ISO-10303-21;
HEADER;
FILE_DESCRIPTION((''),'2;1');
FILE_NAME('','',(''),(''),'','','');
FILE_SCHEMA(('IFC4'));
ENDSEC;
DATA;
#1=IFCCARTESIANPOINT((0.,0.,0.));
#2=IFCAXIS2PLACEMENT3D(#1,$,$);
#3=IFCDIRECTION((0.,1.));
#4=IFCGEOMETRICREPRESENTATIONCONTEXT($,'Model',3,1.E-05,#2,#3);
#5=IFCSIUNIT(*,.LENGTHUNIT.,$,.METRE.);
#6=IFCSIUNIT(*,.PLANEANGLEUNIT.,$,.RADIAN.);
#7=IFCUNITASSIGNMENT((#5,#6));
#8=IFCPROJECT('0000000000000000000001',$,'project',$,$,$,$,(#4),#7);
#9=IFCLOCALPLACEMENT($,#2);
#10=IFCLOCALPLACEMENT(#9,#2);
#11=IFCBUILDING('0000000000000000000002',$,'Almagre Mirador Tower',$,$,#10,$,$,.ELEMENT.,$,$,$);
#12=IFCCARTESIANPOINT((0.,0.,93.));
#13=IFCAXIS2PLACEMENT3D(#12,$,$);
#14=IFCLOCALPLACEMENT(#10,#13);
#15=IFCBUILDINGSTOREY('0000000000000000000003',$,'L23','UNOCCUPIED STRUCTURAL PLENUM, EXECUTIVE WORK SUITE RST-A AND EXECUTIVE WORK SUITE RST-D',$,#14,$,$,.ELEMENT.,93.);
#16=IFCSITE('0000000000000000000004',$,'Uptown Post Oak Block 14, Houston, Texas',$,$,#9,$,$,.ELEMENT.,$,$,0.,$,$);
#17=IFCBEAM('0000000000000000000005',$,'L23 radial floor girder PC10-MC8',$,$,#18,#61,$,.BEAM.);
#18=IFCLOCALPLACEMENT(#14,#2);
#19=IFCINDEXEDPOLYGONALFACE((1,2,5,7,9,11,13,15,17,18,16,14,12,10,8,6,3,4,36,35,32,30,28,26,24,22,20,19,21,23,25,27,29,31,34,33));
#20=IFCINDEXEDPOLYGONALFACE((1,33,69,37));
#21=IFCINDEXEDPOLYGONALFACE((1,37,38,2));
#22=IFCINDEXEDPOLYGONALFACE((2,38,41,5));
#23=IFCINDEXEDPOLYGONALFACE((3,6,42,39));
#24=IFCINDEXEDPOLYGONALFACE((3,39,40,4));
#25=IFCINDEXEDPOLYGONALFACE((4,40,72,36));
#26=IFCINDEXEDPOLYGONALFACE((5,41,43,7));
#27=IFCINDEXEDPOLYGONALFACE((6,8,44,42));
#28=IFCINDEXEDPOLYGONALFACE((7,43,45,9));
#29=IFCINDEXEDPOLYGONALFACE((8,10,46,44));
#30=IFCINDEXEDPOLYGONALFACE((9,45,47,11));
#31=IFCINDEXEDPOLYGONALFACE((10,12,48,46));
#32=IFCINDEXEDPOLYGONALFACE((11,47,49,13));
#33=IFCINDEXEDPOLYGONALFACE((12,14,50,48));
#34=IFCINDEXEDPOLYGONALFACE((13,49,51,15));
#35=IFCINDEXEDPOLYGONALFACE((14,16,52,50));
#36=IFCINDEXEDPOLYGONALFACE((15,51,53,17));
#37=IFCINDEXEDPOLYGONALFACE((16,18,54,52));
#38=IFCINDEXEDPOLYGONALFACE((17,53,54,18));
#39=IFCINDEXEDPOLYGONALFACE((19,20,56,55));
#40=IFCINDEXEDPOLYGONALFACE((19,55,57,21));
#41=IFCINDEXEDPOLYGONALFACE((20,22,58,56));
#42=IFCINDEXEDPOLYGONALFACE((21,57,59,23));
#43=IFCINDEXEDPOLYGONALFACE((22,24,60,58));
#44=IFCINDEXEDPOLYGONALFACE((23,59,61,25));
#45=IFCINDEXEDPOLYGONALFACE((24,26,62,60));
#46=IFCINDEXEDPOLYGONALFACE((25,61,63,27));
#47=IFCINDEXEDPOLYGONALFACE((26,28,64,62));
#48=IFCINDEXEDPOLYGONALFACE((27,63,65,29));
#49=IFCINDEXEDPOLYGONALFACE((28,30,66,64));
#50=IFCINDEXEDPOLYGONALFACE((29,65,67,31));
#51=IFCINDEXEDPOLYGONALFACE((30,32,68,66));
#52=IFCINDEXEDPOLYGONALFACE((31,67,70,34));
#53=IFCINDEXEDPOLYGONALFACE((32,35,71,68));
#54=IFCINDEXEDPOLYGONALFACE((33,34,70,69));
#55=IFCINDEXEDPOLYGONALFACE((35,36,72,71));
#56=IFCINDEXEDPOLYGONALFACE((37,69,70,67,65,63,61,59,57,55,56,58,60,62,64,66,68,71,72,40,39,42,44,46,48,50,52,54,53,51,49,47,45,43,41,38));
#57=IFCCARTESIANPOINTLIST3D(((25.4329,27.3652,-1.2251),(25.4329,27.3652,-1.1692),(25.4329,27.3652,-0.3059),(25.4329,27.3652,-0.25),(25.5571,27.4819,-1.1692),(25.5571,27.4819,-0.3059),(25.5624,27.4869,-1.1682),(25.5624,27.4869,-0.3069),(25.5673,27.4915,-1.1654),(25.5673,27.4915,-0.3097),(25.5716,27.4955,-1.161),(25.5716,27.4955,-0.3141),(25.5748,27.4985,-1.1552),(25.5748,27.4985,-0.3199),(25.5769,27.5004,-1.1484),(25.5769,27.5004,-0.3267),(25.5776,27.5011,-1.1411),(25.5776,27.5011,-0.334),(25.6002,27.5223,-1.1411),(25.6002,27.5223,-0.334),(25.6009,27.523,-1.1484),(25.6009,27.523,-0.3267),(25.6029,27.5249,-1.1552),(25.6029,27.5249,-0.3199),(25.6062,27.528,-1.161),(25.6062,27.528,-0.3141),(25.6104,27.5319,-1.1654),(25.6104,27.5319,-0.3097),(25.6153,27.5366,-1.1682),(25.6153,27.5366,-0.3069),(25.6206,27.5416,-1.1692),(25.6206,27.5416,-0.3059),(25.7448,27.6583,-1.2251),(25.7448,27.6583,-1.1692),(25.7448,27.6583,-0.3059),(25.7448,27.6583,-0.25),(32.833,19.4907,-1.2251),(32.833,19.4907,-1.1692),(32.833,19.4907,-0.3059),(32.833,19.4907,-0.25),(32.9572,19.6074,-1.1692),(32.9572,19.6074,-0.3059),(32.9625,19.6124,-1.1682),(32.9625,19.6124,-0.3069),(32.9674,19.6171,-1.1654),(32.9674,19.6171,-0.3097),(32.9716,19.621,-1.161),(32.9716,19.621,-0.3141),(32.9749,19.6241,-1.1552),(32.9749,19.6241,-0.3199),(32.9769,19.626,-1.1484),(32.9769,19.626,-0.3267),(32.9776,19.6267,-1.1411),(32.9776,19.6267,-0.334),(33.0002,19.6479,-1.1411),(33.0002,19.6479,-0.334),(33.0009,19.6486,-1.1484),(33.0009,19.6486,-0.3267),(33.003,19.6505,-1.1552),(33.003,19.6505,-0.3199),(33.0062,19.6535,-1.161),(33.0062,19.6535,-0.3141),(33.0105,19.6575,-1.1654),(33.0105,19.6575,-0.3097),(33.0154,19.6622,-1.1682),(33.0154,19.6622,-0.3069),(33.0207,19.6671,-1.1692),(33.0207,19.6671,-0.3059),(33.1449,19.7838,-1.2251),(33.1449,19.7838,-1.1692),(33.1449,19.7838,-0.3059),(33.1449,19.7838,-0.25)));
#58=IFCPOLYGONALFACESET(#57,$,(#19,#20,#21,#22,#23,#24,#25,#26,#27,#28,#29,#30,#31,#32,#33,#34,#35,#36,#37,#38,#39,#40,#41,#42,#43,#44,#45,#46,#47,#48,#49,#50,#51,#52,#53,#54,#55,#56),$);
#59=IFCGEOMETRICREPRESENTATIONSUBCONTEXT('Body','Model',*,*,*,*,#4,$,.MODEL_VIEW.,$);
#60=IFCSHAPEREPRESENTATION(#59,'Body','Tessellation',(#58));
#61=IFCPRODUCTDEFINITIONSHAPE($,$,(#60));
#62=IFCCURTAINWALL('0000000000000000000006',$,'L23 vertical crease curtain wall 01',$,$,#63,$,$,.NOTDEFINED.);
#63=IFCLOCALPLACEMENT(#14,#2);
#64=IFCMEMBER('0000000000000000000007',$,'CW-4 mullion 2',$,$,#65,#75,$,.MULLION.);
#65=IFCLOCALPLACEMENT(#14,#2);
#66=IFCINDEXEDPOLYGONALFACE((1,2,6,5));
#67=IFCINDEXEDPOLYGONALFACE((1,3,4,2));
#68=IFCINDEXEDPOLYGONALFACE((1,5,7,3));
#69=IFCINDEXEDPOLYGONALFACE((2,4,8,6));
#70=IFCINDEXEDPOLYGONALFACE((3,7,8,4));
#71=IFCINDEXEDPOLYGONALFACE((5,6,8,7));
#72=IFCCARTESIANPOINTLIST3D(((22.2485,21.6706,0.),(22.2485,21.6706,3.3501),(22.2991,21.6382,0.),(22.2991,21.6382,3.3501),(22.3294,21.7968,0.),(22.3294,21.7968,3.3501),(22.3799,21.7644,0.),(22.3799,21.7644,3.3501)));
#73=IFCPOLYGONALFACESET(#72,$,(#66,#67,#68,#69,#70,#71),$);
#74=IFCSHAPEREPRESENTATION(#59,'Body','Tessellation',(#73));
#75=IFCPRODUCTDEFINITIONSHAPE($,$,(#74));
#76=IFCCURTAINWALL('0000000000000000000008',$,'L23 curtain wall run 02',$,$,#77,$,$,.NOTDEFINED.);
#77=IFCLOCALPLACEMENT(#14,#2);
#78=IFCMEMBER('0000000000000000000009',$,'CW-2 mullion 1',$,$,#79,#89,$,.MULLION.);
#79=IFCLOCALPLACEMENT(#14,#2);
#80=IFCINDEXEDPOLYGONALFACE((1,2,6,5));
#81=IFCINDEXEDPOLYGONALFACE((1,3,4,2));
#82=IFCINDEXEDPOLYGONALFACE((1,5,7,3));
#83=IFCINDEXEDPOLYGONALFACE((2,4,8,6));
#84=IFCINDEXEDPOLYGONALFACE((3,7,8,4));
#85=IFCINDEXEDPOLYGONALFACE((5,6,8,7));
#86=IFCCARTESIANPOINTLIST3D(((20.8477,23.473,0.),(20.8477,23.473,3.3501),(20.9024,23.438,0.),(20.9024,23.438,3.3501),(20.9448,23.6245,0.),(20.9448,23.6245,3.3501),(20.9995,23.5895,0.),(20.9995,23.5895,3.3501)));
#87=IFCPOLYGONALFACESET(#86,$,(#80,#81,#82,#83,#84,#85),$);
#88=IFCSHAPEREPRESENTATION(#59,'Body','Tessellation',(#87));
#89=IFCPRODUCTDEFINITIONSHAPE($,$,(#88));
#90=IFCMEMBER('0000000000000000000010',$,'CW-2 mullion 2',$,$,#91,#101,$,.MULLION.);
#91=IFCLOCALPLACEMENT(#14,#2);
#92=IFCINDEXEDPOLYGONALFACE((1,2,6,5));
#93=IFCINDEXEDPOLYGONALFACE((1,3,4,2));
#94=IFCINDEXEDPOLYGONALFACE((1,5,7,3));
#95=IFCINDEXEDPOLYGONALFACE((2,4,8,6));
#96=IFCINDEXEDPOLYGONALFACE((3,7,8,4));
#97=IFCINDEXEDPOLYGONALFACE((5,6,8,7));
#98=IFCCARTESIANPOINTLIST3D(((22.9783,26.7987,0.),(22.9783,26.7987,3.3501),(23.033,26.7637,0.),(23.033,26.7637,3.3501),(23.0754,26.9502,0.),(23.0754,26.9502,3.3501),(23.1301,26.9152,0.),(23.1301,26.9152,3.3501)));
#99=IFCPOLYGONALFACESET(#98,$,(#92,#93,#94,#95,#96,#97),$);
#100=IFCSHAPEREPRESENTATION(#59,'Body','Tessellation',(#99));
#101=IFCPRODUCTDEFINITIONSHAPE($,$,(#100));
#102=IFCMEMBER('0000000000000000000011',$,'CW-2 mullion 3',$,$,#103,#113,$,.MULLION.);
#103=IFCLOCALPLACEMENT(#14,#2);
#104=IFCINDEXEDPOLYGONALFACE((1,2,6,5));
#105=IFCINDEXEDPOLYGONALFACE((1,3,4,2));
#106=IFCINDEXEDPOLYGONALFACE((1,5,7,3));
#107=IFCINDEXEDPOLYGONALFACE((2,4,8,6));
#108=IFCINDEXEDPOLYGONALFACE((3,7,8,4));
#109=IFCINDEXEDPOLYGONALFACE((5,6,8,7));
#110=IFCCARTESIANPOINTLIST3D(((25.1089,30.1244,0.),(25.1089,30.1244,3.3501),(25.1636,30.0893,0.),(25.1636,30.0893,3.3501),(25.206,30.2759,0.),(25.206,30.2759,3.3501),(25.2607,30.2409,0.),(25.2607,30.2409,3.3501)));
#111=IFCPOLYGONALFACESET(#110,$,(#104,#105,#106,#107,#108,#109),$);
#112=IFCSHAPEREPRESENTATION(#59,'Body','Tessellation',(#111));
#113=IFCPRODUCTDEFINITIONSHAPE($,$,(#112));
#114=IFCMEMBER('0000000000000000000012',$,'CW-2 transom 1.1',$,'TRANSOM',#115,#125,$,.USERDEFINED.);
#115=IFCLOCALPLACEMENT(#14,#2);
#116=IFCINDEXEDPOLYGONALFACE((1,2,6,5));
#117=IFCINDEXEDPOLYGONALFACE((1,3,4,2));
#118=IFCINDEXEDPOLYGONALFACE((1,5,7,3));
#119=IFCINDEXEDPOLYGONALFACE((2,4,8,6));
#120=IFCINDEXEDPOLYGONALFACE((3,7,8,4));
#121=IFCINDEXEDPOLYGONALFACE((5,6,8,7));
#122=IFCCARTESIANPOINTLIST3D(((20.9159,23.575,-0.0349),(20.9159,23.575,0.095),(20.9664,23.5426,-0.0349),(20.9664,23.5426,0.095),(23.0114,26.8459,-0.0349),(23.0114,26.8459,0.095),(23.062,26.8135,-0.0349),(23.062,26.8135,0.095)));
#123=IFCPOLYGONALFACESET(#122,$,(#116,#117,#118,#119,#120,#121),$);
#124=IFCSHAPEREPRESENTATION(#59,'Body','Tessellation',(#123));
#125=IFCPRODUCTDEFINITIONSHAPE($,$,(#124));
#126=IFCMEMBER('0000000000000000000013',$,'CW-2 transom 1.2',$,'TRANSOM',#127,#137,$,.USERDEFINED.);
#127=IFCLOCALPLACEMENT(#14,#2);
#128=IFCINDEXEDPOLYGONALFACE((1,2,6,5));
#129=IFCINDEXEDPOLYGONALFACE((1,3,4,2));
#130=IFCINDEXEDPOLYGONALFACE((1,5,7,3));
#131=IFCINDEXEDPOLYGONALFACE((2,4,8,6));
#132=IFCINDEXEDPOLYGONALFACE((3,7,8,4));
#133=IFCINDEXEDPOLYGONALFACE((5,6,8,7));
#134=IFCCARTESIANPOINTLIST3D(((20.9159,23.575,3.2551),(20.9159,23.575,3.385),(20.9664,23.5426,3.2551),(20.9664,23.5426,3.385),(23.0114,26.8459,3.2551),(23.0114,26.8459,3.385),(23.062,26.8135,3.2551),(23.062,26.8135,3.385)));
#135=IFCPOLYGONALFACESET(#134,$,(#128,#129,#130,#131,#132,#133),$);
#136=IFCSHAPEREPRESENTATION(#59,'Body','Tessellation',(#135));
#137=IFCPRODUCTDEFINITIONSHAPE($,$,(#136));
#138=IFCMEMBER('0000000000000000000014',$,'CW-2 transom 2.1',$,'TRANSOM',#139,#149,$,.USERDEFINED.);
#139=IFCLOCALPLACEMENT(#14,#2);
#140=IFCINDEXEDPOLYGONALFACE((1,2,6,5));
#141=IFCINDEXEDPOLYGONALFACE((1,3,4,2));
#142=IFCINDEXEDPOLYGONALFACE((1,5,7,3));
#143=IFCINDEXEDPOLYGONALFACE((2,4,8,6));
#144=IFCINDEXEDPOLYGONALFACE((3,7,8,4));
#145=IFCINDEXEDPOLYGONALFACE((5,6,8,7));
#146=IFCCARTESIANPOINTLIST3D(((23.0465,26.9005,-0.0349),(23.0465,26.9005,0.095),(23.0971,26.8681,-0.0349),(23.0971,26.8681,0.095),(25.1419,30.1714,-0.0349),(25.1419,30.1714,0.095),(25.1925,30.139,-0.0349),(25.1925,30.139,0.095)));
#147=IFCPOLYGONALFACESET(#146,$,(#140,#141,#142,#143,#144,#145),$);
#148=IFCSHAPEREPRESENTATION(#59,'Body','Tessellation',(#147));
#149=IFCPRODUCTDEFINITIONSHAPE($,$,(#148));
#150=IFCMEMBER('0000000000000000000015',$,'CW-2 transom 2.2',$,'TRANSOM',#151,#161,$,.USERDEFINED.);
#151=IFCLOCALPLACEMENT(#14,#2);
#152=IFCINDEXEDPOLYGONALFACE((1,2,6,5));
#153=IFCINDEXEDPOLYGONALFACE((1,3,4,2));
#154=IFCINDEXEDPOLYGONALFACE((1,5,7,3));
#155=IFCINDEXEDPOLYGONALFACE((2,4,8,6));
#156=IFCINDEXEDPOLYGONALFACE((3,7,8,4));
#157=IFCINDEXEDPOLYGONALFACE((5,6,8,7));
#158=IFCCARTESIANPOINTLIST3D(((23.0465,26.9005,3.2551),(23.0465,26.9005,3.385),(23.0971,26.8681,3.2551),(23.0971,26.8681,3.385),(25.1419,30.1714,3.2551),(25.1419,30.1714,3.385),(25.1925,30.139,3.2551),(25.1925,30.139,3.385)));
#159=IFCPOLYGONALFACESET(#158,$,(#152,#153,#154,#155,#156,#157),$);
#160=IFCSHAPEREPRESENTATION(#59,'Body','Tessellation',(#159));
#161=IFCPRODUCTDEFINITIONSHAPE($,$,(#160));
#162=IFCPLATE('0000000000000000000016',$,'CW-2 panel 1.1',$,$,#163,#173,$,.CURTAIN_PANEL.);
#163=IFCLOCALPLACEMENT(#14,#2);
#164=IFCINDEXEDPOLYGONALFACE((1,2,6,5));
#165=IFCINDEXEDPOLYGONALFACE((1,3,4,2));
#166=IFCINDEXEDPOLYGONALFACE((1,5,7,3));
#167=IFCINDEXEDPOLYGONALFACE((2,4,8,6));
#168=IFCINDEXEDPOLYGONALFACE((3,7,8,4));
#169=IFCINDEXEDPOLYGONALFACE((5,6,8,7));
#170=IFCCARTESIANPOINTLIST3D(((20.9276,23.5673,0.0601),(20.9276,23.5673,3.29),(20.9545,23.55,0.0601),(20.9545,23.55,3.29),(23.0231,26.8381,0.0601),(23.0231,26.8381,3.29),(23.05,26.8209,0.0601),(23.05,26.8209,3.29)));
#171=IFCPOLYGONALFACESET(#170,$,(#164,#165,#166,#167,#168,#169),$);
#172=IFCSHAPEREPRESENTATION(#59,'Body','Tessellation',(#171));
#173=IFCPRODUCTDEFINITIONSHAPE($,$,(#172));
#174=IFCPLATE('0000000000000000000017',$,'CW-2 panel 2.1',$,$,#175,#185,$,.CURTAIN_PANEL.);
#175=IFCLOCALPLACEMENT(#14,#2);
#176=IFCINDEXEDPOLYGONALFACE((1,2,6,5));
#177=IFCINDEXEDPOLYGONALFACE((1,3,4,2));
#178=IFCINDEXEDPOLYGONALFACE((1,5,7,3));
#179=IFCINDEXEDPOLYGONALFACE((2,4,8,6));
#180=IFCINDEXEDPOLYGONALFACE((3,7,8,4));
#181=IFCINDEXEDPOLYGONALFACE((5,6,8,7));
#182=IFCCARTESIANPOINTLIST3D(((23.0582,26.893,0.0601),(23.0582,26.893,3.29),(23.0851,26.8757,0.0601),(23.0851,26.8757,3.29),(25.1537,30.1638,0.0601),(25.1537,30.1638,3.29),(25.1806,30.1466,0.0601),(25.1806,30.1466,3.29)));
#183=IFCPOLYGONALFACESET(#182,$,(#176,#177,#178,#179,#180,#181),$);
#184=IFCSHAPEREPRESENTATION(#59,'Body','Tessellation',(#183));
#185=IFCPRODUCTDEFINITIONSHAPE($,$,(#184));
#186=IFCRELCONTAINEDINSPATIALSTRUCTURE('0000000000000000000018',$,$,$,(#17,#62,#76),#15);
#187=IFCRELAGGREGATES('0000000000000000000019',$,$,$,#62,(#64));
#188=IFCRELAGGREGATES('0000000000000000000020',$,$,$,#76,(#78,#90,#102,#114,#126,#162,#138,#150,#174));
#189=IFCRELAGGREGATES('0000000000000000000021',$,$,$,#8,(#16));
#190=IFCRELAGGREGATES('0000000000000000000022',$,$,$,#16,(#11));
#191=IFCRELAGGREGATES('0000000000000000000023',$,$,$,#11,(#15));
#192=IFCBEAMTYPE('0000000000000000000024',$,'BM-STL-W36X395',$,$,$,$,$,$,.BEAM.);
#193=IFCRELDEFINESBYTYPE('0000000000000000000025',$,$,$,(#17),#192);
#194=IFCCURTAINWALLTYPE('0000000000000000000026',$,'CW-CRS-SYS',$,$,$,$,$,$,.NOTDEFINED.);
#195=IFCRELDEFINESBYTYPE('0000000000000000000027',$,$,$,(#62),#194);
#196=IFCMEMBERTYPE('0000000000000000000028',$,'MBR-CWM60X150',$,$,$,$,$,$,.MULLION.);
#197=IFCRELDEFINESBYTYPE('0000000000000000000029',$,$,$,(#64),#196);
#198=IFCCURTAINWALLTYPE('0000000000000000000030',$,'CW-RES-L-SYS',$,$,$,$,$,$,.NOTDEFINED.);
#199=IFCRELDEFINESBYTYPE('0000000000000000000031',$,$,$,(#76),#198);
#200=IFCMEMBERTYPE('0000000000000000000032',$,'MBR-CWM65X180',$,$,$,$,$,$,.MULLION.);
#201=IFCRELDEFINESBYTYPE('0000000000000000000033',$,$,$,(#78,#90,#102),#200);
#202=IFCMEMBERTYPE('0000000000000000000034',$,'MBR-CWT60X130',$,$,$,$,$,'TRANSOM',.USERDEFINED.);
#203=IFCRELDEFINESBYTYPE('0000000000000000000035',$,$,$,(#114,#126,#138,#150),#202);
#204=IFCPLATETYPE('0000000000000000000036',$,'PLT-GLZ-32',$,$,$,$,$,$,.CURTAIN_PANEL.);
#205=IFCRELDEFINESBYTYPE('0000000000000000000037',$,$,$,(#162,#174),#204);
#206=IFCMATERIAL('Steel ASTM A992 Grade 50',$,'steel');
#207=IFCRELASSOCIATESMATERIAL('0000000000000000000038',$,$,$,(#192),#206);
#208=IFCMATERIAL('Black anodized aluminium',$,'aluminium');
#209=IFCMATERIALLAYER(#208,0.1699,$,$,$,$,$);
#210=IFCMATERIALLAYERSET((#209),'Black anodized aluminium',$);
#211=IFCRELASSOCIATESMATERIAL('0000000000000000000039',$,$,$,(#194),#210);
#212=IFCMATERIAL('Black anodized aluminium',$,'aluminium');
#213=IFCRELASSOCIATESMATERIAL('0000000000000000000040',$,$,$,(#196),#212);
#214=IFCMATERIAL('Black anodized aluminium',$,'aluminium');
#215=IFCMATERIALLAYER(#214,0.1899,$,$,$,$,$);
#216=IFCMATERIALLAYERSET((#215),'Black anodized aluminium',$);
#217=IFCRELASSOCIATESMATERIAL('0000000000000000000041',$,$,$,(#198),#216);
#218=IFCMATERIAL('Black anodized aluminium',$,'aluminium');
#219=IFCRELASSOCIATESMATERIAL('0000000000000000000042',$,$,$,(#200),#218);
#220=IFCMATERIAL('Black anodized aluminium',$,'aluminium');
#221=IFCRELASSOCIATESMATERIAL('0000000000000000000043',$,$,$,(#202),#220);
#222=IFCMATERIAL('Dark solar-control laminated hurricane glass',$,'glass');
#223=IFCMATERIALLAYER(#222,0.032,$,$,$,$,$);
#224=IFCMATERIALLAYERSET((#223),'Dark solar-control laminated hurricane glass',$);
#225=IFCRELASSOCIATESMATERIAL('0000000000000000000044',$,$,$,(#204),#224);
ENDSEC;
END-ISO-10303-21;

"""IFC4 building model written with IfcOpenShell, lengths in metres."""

from ifc_helpers import new_model, si_unit, direction, frame, origin, origin_2d, place, context, subcontext, project, spatial, rectangle, i_section, extrude, material, layer, layer_set, material_profile, profile_set, type_object, element, aggregate, save


model = new_model("IFC4")

# Units and contexts
model_context = context("Model", 3, precision=1e-05, world=origin(), true_north=direction((0.0, 1.0)))
body_context = subcontext(model_context, "Body", "Model", "MODEL_VIEW")
ifc_project = project(units=[si_unit("LENGTHUNIT", "METRE"), si_unit("PLANEANGLEUNIT", "RADIAN")], contexts=[model_context])

# Site, building, storey
site_placement = place(None, origin())
site = spatial("IfcSite", under=ifc_project, at=site_placement, Name="Uptown Post Oak Block 14, Houston, Texas", CompositionType="ELEMENT", RefElevation=0.0)
building_placement = place(site_placement, origin())
building = spatial("IfcBuilding", under=site, at=building_placement, Name="Almagre Mirador Tower", CompositionType="ELEMENT")
storey_placement = place(building_placement, frame((0.0, 0.0, 93.0)))
storey = spatial("IfcBuildingStorey", under=building, at=storey_placement, Name="L23", Description="UNOCCUPIED STRUCTURAL PLENUM, EXECUTIVE WORK SUITE RST-A AND EXECUTIVE WORK SUITE RST-D", CompositionType="ELEMENT", Elevation=93.0)

# Beam
ifc_material_1 = material(Name="Steel ASTM A992 Grade 50", Category="steel")
ifc_material_profile_1 = material_profile(ifc_material_1, i_section(OverallWidth=0.428, OverallDepth=0.9751, WebThickness=0.031, FlangeThickness=0.0559, FilletRadius=0.0281, at=origin_2d()), Name="W36X395")
ifc_profile_set_1 = profile_set([ifc_material_profile_1], Name="Steel ASTM A992 Grade 50")
beam_type_1 = type_object("IfcBeamType", Name="BM-STL-W36X395", PredefinedType="BEAM", material=ifc_profile_set_1)
beam_1_placement = place(storey_placement, frame((25.5889, 27.5117, -0.7375), z_axis=(0.684817, -0.728715, 0.0), x_axis=(0.728715, 0.684817, 0.0)))
element("IfcBeam", 1, at=beam_1_placement, inside=storey, type_object=beam_type_1, Name="L23 radial floor girder PC10-MC8", PredefinedType="BEAM", context=body_context, shape_type="SweptSolid", body=[
    extrude(i_section(OverallWidth=0.428, OverallDepth=0.9751, WebThickness=0.031, FlangeThickness=0.0559, FilletRadius=0.0281, at=origin_2d()), origin(), (0.0, 0.0, 1.0), 10.8059),
])

# Curtain wall, member
ifc_material_2 = material(Name="Black anodized aluminium", Category="aluminium")
ifc_layer_1 = layer(ifc_material_2, 0.1699)
ifc_layer_set_1 = layer_set([ifc_layer_1], Name="Black anodized aluminium")
curtain_wall_type_1 = type_object("IfcCurtainWallType", Name="CW-CRS-SYS", PredefinedType="NOTDEFINED", material=ifc_layer_set_1)
curtain_wall_1_placement = place(storey_placement, origin())
curtain_wall_1 = element("IfcCurtainWall", 2, at=curtain_wall_1_placement, inside=storey, type_object=curtain_wall_type_1, Name="L23 vertical crease curtain wall 01", PredefinedType="NOTDEFINED")
ifc_material_3 = material(Name="Black anodized aluminium", Category="aluminium")
ifc_material_profile_2 = material_profile(ifc_material_3, rectangle(XDim=0.0601, YDim=0.1499, at=origin_2d()), Name="CWM60X150")
ifc_profile_set_2 = profile_set([ifc_material_profile_2], Name="Black anodized aluminium")
member_type_1 = type_object("IfcMemberType", Name="MBR-CWM60X150", PredefinedType="MULLION", material=ifc_profile_set_2)
member_1_placement = place(storey_placement, frame((22.3142, 21.7175, 0.0), z_axis=(0.0, 0.0, 1.0), x_axis=(-0.841948, 0.539559, 0.0)))
member_1 = element("IfcMember", 3, at=member_1_placement, type_object=member_type_1, Name="CW-4 mullion 2", PredefinedType="MULLION", context=body_context, shape_type="SweptSolid", body=[
    extrude(rectangle(XDim=0.0601, YDim=0.1499, at=origin_2d()), origin(), (0.0, 0.0, 1.0), 3.3501),
])
aggregate(curtain_wall_1, [member_1])

# Curtain wall, members, plates
ifc_material_4 = material(Name="Black anodized aluminium", Category="aluminium")
ifc_layer_2 = layer(ifc_material_4, 0.1899)
ifc_layer_set_2 = layer_set([ifc_layer_2], Name="Black anodized aluminium")
curtain_wall_type_2 = type_object("IfcCurtainWallType", Name="CW-RES-L-SYS", PredefinedType="NOTDEFINED", material=ifc_layer_set_2)
curtain_wall_2_placement = place(storey_placement, origin())
curtain_wall_2 = element("IfcCurtainWall", 4, at=curtain_wall_2_placement, inside=storey, type_object=curtain_wall_type_2, Name="L23 curtain wall run 02", PredefinedType="NOTDEFINED")
ifc_material_5 = material(Name="Black anodized aluminium", Category="aluminium")
ifc_material_profile_3 = material_profile(ifc_material_5, rectangle(XDim=0.0649, YDim=0.1799, at=origin_2d()), Name="CWM65X180")
ifc_profile_set_3 = profile_set([ifc_material_profile_3], Name="Black anodized aluminium")
member_type_2 = type_object("IfcMemberType", Name="MBR-CWM65X180", PredefinedType="MULLION", material=ifc_profile_set_3)
member_2_placement = place(storey_placement, frame((20.9236, 23.5312, 0.0), z_axis=(0.0, 0.0, 1.0), x_axis=(-0.842017, 0.539451, 0.0)))
member_2 = element("IfcMember", 5, at=member_2_placement, type_object=member_type_2, Name="CW-2 mullion 1", PredefinedType="MULLION", context=body_context, shape_type="SweptSolid", body=[
    extrude(rectangle(XDim=0.0649, YDim=0.1799, at=origin_2d()), origin(), (0.0, 0.0, 1.0), 3.3501),
])
member_3_placement = place(storey_placement, frame((23.0542, 26.8569, 0.0), z_axis=(0.0, 0.0, 1.0), x_axis=(-0.842017, 0.539451, 0.0)))
member_3 = element("IfcMember", 6, at=member_3_placement, type_object=member_type_2, Name="CW-2 mullion 2", PredefinedType="MULLION", context=body_context, shape_type="SweptSolid", body=[
    extrude(rectangle(XDim=0.0649, YDim=0.1799, at=origin_2d()), origin(), (0.0, 0.0, 1.0), 3.3501),
])
member_4_placement = place(storey_placement, frame((25.1848, 30.1826, 0.0), z_axis=(0.0, 0.0, 1.0), x_axis=(-0.842017, 0.539451, 0.0)))
member_4 = element("IfcMember", 7, at=member_4_placement, type_object=member_type_2, Name="CW-2 mullion 3", PredefinedType="MULLION", context=body_context, shape_type="SweptSolid", body=[
    extrude(rectangle(XDim=0.0649, YDim=0.1799, at=origin_2d()), origin(), (0.0, 0.0, 1.0), 3.3501),
])
ifc_material_6 = material(Name="Black anodized aluminium", Category="aluminium")
ifc_material_profile_4 = material_profile(ifc_material_6, rectangle(XDim=0.0601, YDim=0.1299, at=origin_2d()), Name="CWT60X130")
ifc_profile_set_4 = profile_set([ifc_material_profile_4], Name="Black anodized aluminium")
member_type_3 = type_object("IfcMemberType", Name="MBR-CWT60X130", ElementType="TRANSOM", PredefinedType="USERDEFINED", material=ifc_profile_set_4)
member_5_placement = place(storey_placement, frame((20.9412, 23.5588, 0.03), z_axis=(0.539451, 0.842017, 0.0), x_axis=(-0.842017, 0.539451, 0.0)))
member_5 = element("IfcMember", 8, at=member_5_placement, type_object=member_type_3, Name="CW-2 transom 1.1", ObjectType="TRANSOM", PredefinedType="USERDEFINED", context=body_context, shape_type="SweptSolid", body=[
    extrude(rectangle(XDim=0.0601, YDim=0.1299, at=origin_2d()), origin(), (0.0, 0.0, 1.0), 3.8845),
])
member_6_placement = place(storey_placement, frame((20.9412, 23.5588, 3.3201), z_axis=(0.539451, 0.842017, 0.0), x_axis=(-0.842017, 0.539451, 0.0)))
member_6 = element("IfcMember", 9, at=member_6_placement, type_object=member_type_3, Name="CW-2 transom 1.2", ObjectType="TRANSOM", PredefinedType="USERDEFINED", context=body_context, shape_type="SweptSolid", body=[
    extrude(rectangle(XDim=0.0601, YDim=0.1299, at=origin_2d()), origin(), (0.0, 0.0, 1.0), 3.8845),
])
member_7_placement = place(storey_placement, frame((23.0718, 26.8843, 0.03), z_axis=(0.539423, 0.842035, 0.0), x_axis=(-0.842035, 0.539423, 0.0)))
member_7 = element("IfcMember", 10, at=member_7_placement, type_object=member_type_3, Name="CW-2 transom 2.1", ObjectType="TRANSOM", PredefinedType="USERDEFINED", context=body_context, shape_type="SweptSolid", body=[
    extrude(rectangle(XDim=0.0601, YDim=0.1299, at=origin_2d()), origin(), (0.0, 0.0, 1.0), 3.8845),
])
member_8_placement = place(storey_placement, frame((23.0718, 26.8843, 3.3201), z_axis=(0.539423, 0.842035, 0.0), x_axis=(-0.842035, 0.539423, 0.0)))
member_8 = element("IfcMember", 11, at=member_8_placement, type_object=member_type_3, Name="CW-2 transom 2.2", ObjectType="TRANSOM", PredefinedType="USERDEFINED", context=body_context, shape_type="SweptSolid", body=[
    extrude(rectangle(XDim=0.0601, YDim=0.1299, at=origin_2d()), origin(), (0.0, 0.0, 1.0), 3.8845),
])
ifc_material_7 = material(Name="Dark solar-control laminated hurricane glass", Category="glass")
ifc_layer_3 = layer(ifc_material_7, 0.032)
ifc_layer_set_3 = layer_set([ifc_layer_3], Name="Dark solar-control laminated hurricane glass")
plate_type = type_object("IfcPlateType", Name="PLT-GLZ-32", PredefinedType="CURTAIN_PANEL", material=ifc_layer_set_3)
plate_1_placement = place(storey_placement, frame((21.9888, 25.1941, 0.0601), z_axis=(0.0, 0.0, 1.0), x_axis=(0.539451, 0.842017, 0.0)))
plate_1 = element("IfcPlate", 12, at=plate_1_placement, type_object=plate_type, Name="CW-2 panel 1.1", PredefinedType="CURTAIN_PANEL", context=body_context, shape_type="SweptSolid", body=[
    extrude(rectangle(XDim=3.8845, YDim=0.032, at=origin_2d()), origin(), (0.0, 0.0, 1.0), 3.23),
])
plate_2_placement = place(storey_placement, frame((24.1194, 28.5198, 0.0601), z_axis=(0.0, 0.0, 1.0), x_axis=(0.539451, 0.842017, 0.0)))
plate_2 = element("IfcPlate", 13, at=plate_2_placement, type_object=plate_type, Name="CW-2 panel 2.1", PredefinedType="CURTAIN_PANEL", context=body_context, shape_type="SweptSolid", body=[
    extrude(rectangle(XDim=3.8845, YDim=0.032, at=origin_2d()), origin(), (0.0, 0.0, 1.0), 3.23),
])
aggregate(curtain_wall_2, [member_2, member_3, member_4, member_5, member_6, plate_1, member_7, member_8, plate_2])

save(model, "model.ifc")
